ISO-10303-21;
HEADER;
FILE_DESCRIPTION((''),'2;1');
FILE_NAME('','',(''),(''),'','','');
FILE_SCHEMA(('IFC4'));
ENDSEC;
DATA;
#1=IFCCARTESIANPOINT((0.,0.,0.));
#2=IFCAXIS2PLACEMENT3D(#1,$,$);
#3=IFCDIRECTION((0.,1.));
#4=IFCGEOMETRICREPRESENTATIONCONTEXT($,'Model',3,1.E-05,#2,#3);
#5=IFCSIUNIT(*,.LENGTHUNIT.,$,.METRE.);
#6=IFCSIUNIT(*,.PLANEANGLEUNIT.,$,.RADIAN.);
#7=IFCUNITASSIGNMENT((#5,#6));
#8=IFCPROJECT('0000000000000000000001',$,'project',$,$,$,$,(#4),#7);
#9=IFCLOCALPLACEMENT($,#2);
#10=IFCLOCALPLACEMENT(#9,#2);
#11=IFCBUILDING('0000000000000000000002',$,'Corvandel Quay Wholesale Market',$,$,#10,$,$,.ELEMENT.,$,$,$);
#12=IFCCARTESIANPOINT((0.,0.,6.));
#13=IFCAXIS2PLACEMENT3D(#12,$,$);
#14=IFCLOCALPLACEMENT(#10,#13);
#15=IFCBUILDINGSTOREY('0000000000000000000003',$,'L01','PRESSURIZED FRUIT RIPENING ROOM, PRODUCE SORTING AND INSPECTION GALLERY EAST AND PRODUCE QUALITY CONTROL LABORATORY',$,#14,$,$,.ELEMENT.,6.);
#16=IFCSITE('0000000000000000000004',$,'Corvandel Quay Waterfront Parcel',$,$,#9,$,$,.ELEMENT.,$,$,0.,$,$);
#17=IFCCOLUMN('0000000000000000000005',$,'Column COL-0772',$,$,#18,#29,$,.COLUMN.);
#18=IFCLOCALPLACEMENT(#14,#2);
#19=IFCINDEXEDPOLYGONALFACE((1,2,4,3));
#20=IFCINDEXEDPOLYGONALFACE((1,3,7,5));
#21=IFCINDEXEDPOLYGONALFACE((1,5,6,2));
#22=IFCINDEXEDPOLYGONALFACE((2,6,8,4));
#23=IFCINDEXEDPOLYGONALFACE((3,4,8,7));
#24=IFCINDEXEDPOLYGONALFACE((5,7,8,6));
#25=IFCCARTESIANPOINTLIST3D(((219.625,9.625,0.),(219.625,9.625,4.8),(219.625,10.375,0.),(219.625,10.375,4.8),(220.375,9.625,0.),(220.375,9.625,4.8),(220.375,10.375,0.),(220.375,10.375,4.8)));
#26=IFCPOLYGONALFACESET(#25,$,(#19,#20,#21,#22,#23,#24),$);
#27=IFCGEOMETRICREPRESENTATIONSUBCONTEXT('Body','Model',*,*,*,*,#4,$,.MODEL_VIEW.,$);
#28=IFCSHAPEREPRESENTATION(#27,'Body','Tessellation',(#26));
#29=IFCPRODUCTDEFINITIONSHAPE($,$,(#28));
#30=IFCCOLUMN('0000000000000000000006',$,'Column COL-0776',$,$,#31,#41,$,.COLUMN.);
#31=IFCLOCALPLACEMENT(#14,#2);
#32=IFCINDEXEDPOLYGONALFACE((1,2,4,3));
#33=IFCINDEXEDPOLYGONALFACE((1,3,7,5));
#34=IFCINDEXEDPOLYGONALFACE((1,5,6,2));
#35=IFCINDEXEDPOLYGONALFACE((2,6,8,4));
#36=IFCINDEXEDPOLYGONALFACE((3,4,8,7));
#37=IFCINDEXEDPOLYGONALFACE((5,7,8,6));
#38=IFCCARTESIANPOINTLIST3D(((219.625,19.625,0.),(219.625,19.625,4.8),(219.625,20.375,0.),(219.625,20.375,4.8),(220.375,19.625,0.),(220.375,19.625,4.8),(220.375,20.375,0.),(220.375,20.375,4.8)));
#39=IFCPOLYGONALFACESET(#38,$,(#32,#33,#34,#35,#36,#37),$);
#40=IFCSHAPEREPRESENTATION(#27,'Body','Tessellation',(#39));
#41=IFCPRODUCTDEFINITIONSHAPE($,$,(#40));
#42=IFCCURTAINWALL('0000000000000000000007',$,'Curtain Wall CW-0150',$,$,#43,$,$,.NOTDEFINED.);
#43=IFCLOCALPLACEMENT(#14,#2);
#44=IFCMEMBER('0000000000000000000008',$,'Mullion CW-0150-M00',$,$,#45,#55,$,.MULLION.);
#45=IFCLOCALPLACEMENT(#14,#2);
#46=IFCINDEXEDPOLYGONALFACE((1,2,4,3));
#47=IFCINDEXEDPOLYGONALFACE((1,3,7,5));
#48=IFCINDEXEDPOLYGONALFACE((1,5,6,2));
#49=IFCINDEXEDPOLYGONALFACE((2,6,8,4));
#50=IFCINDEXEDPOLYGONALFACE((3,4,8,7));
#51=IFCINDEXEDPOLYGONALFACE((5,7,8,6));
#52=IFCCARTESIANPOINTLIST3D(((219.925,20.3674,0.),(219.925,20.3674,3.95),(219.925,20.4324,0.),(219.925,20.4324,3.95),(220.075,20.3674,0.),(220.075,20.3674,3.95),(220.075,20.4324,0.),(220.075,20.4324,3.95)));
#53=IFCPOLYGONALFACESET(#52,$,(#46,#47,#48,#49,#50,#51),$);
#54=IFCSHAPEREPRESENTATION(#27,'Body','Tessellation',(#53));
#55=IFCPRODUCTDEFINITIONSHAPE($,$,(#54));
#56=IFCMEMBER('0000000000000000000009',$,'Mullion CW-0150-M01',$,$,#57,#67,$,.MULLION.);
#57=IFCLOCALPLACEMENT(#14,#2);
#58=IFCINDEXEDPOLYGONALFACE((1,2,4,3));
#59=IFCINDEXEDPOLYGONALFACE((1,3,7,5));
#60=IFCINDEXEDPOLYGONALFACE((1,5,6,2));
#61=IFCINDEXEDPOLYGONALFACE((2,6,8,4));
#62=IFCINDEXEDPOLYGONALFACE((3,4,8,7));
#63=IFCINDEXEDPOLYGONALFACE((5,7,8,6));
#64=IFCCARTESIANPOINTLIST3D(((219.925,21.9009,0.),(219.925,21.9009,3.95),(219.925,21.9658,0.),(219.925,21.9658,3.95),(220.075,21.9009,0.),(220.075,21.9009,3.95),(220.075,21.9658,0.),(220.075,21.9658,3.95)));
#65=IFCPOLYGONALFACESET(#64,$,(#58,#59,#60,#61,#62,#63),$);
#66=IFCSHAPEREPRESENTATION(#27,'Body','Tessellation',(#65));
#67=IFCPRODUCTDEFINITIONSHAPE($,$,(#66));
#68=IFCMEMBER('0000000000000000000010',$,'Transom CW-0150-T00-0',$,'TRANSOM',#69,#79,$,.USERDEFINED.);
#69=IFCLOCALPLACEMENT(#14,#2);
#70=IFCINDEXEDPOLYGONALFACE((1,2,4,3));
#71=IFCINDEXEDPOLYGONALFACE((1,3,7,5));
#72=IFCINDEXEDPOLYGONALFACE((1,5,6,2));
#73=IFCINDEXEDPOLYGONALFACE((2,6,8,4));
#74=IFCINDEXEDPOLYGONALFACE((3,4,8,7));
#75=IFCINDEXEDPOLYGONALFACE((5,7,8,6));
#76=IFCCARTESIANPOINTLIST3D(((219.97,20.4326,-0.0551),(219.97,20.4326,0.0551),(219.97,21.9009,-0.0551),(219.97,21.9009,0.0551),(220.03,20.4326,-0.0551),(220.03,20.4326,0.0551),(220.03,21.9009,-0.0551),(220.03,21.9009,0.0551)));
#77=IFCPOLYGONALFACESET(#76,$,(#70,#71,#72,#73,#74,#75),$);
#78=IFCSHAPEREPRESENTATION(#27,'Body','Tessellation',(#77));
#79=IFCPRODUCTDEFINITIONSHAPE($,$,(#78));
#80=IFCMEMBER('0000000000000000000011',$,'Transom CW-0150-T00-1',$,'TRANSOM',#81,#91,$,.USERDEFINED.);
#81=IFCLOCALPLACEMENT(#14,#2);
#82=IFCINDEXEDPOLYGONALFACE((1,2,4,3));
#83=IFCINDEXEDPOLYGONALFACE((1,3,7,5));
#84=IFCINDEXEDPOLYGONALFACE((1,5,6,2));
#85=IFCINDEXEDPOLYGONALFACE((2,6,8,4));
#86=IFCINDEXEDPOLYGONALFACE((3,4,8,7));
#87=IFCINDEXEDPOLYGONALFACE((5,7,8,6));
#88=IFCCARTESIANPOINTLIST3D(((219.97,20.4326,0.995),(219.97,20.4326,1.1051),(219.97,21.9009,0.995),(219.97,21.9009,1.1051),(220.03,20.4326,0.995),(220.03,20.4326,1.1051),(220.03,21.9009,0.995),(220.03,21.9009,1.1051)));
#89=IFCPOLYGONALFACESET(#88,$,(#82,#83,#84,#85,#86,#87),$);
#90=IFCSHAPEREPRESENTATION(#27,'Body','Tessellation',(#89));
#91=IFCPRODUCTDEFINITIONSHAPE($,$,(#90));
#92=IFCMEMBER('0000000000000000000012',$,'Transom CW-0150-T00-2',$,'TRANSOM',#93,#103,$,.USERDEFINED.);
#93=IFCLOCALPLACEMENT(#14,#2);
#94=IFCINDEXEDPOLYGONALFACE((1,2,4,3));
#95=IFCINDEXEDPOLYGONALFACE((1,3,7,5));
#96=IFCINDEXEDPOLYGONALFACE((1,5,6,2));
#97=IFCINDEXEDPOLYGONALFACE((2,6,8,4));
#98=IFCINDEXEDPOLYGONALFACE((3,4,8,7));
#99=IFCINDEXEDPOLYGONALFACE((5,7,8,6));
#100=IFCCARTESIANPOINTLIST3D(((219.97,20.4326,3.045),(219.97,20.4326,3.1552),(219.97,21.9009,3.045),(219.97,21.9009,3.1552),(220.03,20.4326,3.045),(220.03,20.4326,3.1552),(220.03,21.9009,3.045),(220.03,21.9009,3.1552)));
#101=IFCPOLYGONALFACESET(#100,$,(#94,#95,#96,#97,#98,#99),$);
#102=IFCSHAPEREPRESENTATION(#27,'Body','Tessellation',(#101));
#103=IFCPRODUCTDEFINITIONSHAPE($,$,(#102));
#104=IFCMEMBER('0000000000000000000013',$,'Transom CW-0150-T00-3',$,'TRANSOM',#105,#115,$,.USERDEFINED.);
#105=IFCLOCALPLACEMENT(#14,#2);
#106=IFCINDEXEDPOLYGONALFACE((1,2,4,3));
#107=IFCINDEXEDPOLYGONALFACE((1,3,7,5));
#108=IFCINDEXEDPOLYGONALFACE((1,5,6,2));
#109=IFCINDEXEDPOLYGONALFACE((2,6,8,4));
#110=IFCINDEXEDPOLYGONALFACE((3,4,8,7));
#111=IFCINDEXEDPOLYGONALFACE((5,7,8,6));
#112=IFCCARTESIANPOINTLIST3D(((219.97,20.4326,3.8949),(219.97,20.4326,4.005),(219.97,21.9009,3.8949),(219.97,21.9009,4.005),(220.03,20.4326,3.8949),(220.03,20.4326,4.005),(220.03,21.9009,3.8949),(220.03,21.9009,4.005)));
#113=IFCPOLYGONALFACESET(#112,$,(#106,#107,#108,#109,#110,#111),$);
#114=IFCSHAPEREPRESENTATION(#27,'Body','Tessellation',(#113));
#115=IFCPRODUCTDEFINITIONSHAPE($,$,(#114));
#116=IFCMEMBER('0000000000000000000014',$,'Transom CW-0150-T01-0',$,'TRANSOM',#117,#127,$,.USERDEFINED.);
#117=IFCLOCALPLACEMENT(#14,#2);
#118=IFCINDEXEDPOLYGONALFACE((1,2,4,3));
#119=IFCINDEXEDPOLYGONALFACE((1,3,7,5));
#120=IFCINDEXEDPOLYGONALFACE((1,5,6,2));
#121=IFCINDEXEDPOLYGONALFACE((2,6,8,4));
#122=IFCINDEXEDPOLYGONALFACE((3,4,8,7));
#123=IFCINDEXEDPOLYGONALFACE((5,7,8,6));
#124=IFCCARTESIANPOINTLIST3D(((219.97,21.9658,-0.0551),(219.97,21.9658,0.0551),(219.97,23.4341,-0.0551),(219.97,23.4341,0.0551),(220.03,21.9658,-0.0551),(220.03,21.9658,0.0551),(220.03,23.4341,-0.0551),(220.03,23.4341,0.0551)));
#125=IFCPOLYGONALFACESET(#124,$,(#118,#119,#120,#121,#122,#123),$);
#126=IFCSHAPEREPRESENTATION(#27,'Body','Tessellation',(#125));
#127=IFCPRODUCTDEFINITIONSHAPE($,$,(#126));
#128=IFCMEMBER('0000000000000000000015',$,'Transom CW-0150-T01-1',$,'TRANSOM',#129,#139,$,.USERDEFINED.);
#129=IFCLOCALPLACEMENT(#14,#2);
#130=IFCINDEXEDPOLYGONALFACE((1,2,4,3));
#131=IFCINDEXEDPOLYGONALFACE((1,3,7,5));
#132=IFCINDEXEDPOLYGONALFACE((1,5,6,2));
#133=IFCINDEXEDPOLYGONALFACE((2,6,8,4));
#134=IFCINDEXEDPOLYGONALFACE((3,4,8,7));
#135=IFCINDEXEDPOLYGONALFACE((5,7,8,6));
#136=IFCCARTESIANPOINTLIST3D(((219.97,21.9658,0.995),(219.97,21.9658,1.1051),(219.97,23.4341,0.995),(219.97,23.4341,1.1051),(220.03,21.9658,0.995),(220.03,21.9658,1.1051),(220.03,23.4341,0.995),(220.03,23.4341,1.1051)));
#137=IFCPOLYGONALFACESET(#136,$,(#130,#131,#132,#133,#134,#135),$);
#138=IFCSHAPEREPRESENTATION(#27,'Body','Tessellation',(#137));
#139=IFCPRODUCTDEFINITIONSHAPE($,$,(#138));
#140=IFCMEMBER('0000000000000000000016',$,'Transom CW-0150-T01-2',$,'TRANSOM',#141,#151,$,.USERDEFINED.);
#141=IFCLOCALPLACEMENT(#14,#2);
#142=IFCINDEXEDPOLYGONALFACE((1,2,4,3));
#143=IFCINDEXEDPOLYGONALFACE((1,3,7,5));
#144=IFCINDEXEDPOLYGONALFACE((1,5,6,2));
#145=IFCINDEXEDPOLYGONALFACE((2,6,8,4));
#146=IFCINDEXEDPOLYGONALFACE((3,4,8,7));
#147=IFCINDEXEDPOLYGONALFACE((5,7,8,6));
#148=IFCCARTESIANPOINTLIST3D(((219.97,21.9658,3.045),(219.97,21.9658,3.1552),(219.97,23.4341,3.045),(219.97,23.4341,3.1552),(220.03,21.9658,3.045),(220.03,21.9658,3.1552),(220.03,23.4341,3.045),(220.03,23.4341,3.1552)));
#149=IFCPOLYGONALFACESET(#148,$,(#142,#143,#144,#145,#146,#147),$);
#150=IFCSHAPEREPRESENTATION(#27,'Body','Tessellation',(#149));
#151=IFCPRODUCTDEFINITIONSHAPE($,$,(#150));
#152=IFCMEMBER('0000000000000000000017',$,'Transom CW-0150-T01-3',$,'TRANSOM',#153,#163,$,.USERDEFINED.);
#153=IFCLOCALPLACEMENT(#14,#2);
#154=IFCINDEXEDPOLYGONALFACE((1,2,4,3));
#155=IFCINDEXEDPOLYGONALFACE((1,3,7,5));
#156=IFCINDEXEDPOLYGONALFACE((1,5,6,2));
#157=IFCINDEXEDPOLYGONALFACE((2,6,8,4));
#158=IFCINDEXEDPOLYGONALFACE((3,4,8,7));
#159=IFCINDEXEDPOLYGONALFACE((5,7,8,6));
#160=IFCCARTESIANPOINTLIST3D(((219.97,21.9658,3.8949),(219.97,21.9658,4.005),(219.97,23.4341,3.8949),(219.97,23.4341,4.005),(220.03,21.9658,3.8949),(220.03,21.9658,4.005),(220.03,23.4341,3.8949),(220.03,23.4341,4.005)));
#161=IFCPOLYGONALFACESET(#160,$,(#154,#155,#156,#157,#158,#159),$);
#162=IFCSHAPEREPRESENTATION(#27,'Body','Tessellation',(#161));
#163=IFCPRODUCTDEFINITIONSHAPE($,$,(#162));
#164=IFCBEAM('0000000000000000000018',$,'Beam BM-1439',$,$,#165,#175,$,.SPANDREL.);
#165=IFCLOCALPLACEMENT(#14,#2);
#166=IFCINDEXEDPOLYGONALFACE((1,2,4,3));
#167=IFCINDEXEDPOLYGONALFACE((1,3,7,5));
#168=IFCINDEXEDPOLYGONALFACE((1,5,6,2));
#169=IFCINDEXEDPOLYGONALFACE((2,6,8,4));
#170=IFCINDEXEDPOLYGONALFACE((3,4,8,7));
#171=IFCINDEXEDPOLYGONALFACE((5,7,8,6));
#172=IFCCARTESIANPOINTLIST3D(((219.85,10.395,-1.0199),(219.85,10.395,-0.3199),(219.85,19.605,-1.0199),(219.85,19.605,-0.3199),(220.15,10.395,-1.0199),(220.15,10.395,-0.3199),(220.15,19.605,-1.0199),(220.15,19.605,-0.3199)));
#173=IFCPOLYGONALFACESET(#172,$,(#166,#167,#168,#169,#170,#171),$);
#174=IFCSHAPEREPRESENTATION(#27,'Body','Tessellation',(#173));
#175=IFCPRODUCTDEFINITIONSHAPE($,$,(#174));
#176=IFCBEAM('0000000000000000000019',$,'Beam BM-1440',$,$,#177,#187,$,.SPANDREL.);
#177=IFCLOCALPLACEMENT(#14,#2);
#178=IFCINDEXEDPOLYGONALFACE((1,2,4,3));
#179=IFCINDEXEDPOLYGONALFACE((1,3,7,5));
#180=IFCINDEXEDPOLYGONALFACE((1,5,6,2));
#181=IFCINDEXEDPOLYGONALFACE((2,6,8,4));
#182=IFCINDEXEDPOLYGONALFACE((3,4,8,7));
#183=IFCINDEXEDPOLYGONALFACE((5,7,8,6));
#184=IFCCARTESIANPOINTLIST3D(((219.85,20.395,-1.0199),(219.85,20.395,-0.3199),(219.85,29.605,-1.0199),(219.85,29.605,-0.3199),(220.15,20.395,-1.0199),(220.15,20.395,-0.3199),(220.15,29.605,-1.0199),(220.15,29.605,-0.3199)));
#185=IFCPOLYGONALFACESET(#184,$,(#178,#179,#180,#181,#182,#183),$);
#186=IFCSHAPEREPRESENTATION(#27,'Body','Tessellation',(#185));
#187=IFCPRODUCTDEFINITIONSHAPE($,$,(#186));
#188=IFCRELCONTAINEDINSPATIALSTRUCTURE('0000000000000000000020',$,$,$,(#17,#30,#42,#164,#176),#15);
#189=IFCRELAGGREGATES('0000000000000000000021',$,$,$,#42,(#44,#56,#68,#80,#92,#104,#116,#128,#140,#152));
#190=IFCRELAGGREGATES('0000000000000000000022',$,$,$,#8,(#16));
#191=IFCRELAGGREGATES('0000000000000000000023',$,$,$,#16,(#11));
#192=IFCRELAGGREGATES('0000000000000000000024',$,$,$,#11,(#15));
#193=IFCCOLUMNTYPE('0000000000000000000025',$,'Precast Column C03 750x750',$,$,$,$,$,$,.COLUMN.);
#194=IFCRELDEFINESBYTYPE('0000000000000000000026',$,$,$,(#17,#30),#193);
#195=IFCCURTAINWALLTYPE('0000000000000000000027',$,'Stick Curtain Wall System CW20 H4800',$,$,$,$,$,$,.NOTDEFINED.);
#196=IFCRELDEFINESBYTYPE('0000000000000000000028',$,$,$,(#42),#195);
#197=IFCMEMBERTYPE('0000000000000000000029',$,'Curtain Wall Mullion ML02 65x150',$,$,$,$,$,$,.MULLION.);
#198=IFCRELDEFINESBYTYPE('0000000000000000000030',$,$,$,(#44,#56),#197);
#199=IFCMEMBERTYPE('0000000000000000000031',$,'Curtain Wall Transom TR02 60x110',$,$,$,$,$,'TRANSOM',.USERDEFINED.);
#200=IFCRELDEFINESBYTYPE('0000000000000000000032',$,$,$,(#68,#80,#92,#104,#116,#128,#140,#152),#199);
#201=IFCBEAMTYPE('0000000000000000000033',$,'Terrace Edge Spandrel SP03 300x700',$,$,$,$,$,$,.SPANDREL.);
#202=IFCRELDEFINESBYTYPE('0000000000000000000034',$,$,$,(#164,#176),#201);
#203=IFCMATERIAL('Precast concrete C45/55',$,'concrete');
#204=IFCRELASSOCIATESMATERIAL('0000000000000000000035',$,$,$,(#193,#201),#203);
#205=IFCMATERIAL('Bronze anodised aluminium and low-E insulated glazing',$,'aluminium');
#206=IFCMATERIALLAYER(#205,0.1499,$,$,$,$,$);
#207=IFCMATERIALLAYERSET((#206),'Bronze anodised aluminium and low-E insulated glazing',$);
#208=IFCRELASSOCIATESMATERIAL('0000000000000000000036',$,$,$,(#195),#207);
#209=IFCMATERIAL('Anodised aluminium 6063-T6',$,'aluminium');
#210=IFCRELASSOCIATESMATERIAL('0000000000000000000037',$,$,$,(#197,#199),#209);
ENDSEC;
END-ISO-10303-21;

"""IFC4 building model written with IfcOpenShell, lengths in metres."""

from ifc_helpers import new_model, si_unit, direction, frame, origin, origin_2d, place, context, subcontext, project, spatial, rectangle, extrude, material, layer, layer_set, material_profile, profile_set, type_object, element, aggregate, save


model = new_model("IFC4")

# Units and contexts
model_context = context("Model", 3, precision=1e-05, world=origin(), true_north=direction((0.0, 1.0)))
body_context = subcontext(model_context, "Body", "Model", "MODEL_VIEW")
ifc_project = project(units=[si_unit("LENGTHUNIT", "METRE"), si_unit("PLANEANGLEUNIT", "RADIAN")], contexts=[model_context])

# Site, building, storey
site_placement = place(None, origin())
site = spatial("IfcSite", under=ifc_project, at=site_placement, Name="Corvandel Quay Waterfront Parcel", CompositionType="ELEMENT", RefElevation=0.0)
building_placement = place(site_placement, origin())
building = spatial("IfcBuilding", under=site, at=building_placement, Name="Corvandel Quay Wholesale Market", CompositionType="ELEMENT")
storey_placement = place(building_placement, frame((0.0, 0.0, 6.0)))
storey = spatial("IfcBuildingStorey", under=building, at=storey_placement, Name="L01", Description="PRESSURIZED FRUIT RIPENING ROOM, PRODUCE SORTING AND INSPECTION GALLERY EAST AND PRODUCE QUALITY CONTROL LABORATORY", CompositionType="ELEMENT", Elevation=6.0)

# Columns
ifc_material_1 = material(Name="Precast concrete C45/55", Category="concrete")
ifc_material_profile_1 = material_profile(ifc_material_1, rectangle(XDim=0.75, YDim=0.75, at=origin_2d()), Name="PC-COL-750x750")
ifc_profile_set_1 = profile_set([ifc_material_profile_1], Name="Precast concrete C45/55")
column_type = type_object("IfcColumnType", Name="Precast Column C03 750x750", PredefinedType="COLUMN", material=ifc_profile_set_1)
for number, where, z_axis, x_axis, name in (
    (1, (220.0, 10.0, 0.0), (0.0, 0.0, 1.0), (1.0, 0.0, 0.0), "Column COL-0772"),
    (2, (220.0, 20.0, 0.0), (0.0, 0.0, 1.0), (1.0, 0.0, 0.0), "Column COL-0776"),
):
    element("IfcColumn", number, at=place(storey_placement, frame(where, z_axis=z_axis, x_axis=x_axis)), inside=storey, type_object=column_type, Name=name, PredefinedType="COLUMN", context=body_context, shape_type="SweptSolid", body=[
        extrude(rectangle(XDim=0.75, YDim=0.75, at=origin_2d()), origin(), (0.0, 0.0, 1.0), 4.8),
    ])

# Curtain wall, members
ifc_material_2 = material(Name="Bronze anodised aluminium and low-E insulated glazing", Category="aluminium")
ifc_layer_1 = layer(ifc_material_2, 0.1499)
ifc_layer_set_1 = layer_set([ifc_layer_1], Name="Bronze anodised aluminium and low-E insulated glazing")
curtain_wall_type = type_object("IfcCurtainWallType", Name="Stick Curtain Wall System CW20 H4800", PredefinedType="NOTDEFINED", material=ifc_layer_set_1)
curtain_wall_placement = place(storey_placement, origin())
curtain_wall = element("IfcCurtainWall", 3, at=curtain_wall_placement, inside=storey, type_object=curtain_wall_type, Name="Curtain Wall CW-0150", PredefinedType="NOTDEFINED")
ifc_material_3 = material(Name="Anodised aluminium 6063-T6", Category="aluminium")
ifc_material_profile_2 = material_profile(ifc_material_3, rectangle(XDim=0.0649, YDim=0.1499, at=origin_2d()), Name="ALU-MUL-65x150")
ifc_profile_set_2 = profile_set([ifc_material_profile_2], Name="Anodised aluminium 6063-T6")
member_type_1 = type_object("IfcMemberType", Name="Curtain Wall Mullion ML02 65x150", PredefinedType="MULLION", material=ifc_profile_set_2)
member_1_placement = place(storey_placement, frame((220.0, 20.3999, 0.0), z_axis=(0.0, 0.0, 1.0), x_axis=(0.0, 1.0, 0.0)))
member_1 = element("IfcMember", 4, at=member_1_placement, type_object=member_type_1, Name="Mullion CW-0150-M00", PredefinedType="MULLION", context=body_context, shape_type="SweptSolid", body=[
    extrude(rectangle(XDim=0.0649, YDim=0.1499, at=origin_2d()), origin(), (0.0, 0.0, 1.0), 3.95),
])
member_2_placement = place(storey_placement, frame((220.0, 21.9333, 0.0), z_axis=(0.0, 0.0, 1.0), x_axis=(0.0, 1.0, 0.0)))
member_2 = element("IfcMember", 5, at=member_2_placement, type_object=member_type_1, Name="Mullion CW-0150-M01", PredefinedType="MULLION", context=body_context, shape_type="SweptSolid", body=[
    extrude(rectangle(XDim=0.0649, YDim=0.1499, at=origin_2d()), origin(), (0.0, 0.0, 1.0), 3.95),
])
ifc_material_profile_3 = material_profile(ifc_material_3, rectangle(XDim=0.0601, YDim=0.1101, at=origin_2d()), Name="ALU-TRN-60x110")
ifc_profile_set_3 = profile_set([ifc_material_profile_3], Name="Anodised aluminium 6063-T6")
member_type_2 = type_object("IfcMemberType", Name="Curtain Wall Transom TR02 60x110", ElementType="TRANSOM", PredefinedType="USERDEFINED", material=ifc_profile_set_3)
member_3_placement = place(storey_placement, frame((220.0, 20.4326, 0.0), z_axis=(0.0, 1.0, 0.0), x_axis=(-1.0, 0.0, 0.0)))
member_3 = element("IfcMember", 6, at=member_3_placement, type_object=member_type_2, Name="Transom CW-0150-T00-0", ObjectType="TRANSOM", PredefinedType="USERDEFINED", context=body_context, shape_type="SweptSolid", body=[
    extrude(rectangle(XDim=0.0601, YDim=0.1101, at=origin_2d()), origin(), (0.0, 0.0, 1.0), 1.4683),
])
member_4_placement = place(storey_placement, frame((220.0, 20.4326, 1.05), z_axis=(0.0, 1.0, 0.0), x_axis=(-1.0, 0.0, 0.0)))
member_4 = element("IfcMember", 7, at=member_4_placement, type_object=member_type_2, Name="Transom CW-0150-T00-1", ObjectType="TRANSOM", PredefinedType="USERDEFINED", context=body_context, shape_type="SweptSolid", body=[
    extrude(rectangle(XDim=0.0601, YDim=0.1101, at=origin_2d()), origin(), (0.0, 0.0, 1.0), 1.4683),
])
member_5_placement = place(storey_placement, frame((220.0, 20.4326, 3.1001), z_axis=(0.0, 1.0, 0.0), x_axis=(-1.0, 0.0, 0.0)))
member_5 = element("IfcMember", 8, at=member_5_placement, type_object=member_type_2, Name="Transom CW-0150-T00-2", ObjectType="TRANSOM", PredefinedType="USERDEFINED", context=body_context, shape_type="SweptSolid", body=[
    extrude(rectangle(XDim=0.0601, YDim=0.1101, at=origin_2d()), origin(), (0.0, 0.0, 1.0), 1.4683),
])
member_6_placement = place(storey_placement, frame((220.0, 20.4326, 3.95), z_axis=(0.0, 1.0, 0.0), x_axis=(-1.0, 0.0, 0.0)))
member_6 = element("IfcMember", 9, at=member_6_placement, type_object=member_type_2, Name="Transom CW-0150-T00-3", ObjectType="TRANSOM", PredefinedType="USERDEFINED", context=body_context, shape_type="SweptSolid", body=[
    extrude(rectangle(XDim=0.0601, YDim=0.1101, at=origin_2d()), origin(), (0.0, 0.0, 1.0), 1.4683),
])
member_7_placement = place(storey_placement, frame((220.0, 21.9658, 0.0), z_axis=(0.0, 1.0, 0.0), x_axis=(-1.0, 0.0, 0.0)))
member_7 = element("IfcMember", 10, at=member_7_placement, type_object=member_type_2, Name="Transom CW-0150-T01-0", ObjectType="TRANSOM", PredefinedType="USERDEFINED", context=body_context, shape_type="SweptSolid", body=[
    extrude(rectangle(XDim=0.0601, YDim=0.1101, at=origin_2d()), origin(), (0.0, 0.0, 1.0), 1.4683),
])
member_8_placement = place(storey_placement, frame((220.0, 21.9658, 1.05), z_axis=(0.0, 1.0, 0.0), x_axis=(-1.0, 0.0, 0.0)))
member_8 = element("IfcMember", 11, at=member_8_placement, type_object=member_type_2, Name="Transom CW-0150-T01-1", ObjectType="TRANSOM", PredefinedType="USERDEFINED", context=body_context, shape_type="SweptSolid", body=[
    extrude(rectangle(XDim=0.0601, YDim=0.1101, at=origin_2d()), origin(), (0.0, 0.0, 1.0), 1.4683),
])
member_9_placement = place(storey_placement, frame((220.0, 21.9658, 3.1001), z_axis=(0.0, 1.0, 0.0), x_axis=(-1.0, 0.0, 0.0)))
member_9 = element("IfcMember", 12, at=member_9_placement, type_object=member_type_2, Name="Transom CW-0150-T01-2", ObjectType="TRANSOM", PredefinedType="USERDEFINED", context=body_context, shape_type="SweptSolid", body=[
    extrude(rectangle(XDim=0.0601, YDim=0.1101, at=origin_2d()), origin(), (0.0, 0.0, 1.0), 1.4683),
])
member_10_placement = place(storey_placement, frame((220.0, 21.9658, 3.95), z_axis=(0.0, 1.0, 0.0), x_axis=(-1.0, 0.0, 0.0)))
member_10 = element("IfcMember", 13, at=member_10_placement, type_object=member_type_2, Name="Transom CW-0150-T01-3", ObjectType="TRANSOM", PredefinedType="USERDEFINED", context=body_context, shape_type="SweptSolid", body=[
    extrude(rectangle(XDim=0.0601, YDim=0.1101, at=origin_2d()), origin(), (0.0, 0.0, 1.0), 1.4683),
])

# Beams
ifc_material_profile_4 = material_profile(ifc_material_1, rectangle(XDim=0.3, YDim=0.7, at=origin_2d()), Name="PC-SPN-300x700")
ifc_profile_set_4 = profile_set([ifc_material_profile_4], Name="Precast concrete C45/55")
beam_type = type_object("IfcBeamType", Name="Terrace Edge Spandrel SP03 300x700", PredefinedType="SPANDREL", material=ifc_profile_set_4)
for number, where, z_axis, x_axis, name in (
    (14, (220.0, 10.395, -0.6699), (0.0, 1.0, 0.0), (-1.0, 0.0, 0.0), "Beam BM-1439"),
    (15, (220.0, 20.395, -0.6699), (0.0, 1.0, 0.0), (-1.0, 0.0, 0.0), "Beam BM-1440"),
):
    element("IfcBeam", number, at=place(storey_placement, frame(where, z_axis=z_axis, x_axis=x_axis)), inside=storey, type_object=beam_type, Name=name, PredefinedType="SPANDREL", context=body_context, shape_type="SweptSolid", body=[
        extrude(rectangle(XDim=0.3, YDim=0.7, at=origin_2d()), origin(), (0.0, 0.0, 1.0), 9.21),
    ])

aggregate(curtain_wall, [member_1, member_2, member_3, member_4, member_5, member_6, member_7, member_8, member_9, member_10])

save(model, "model.ifc")
